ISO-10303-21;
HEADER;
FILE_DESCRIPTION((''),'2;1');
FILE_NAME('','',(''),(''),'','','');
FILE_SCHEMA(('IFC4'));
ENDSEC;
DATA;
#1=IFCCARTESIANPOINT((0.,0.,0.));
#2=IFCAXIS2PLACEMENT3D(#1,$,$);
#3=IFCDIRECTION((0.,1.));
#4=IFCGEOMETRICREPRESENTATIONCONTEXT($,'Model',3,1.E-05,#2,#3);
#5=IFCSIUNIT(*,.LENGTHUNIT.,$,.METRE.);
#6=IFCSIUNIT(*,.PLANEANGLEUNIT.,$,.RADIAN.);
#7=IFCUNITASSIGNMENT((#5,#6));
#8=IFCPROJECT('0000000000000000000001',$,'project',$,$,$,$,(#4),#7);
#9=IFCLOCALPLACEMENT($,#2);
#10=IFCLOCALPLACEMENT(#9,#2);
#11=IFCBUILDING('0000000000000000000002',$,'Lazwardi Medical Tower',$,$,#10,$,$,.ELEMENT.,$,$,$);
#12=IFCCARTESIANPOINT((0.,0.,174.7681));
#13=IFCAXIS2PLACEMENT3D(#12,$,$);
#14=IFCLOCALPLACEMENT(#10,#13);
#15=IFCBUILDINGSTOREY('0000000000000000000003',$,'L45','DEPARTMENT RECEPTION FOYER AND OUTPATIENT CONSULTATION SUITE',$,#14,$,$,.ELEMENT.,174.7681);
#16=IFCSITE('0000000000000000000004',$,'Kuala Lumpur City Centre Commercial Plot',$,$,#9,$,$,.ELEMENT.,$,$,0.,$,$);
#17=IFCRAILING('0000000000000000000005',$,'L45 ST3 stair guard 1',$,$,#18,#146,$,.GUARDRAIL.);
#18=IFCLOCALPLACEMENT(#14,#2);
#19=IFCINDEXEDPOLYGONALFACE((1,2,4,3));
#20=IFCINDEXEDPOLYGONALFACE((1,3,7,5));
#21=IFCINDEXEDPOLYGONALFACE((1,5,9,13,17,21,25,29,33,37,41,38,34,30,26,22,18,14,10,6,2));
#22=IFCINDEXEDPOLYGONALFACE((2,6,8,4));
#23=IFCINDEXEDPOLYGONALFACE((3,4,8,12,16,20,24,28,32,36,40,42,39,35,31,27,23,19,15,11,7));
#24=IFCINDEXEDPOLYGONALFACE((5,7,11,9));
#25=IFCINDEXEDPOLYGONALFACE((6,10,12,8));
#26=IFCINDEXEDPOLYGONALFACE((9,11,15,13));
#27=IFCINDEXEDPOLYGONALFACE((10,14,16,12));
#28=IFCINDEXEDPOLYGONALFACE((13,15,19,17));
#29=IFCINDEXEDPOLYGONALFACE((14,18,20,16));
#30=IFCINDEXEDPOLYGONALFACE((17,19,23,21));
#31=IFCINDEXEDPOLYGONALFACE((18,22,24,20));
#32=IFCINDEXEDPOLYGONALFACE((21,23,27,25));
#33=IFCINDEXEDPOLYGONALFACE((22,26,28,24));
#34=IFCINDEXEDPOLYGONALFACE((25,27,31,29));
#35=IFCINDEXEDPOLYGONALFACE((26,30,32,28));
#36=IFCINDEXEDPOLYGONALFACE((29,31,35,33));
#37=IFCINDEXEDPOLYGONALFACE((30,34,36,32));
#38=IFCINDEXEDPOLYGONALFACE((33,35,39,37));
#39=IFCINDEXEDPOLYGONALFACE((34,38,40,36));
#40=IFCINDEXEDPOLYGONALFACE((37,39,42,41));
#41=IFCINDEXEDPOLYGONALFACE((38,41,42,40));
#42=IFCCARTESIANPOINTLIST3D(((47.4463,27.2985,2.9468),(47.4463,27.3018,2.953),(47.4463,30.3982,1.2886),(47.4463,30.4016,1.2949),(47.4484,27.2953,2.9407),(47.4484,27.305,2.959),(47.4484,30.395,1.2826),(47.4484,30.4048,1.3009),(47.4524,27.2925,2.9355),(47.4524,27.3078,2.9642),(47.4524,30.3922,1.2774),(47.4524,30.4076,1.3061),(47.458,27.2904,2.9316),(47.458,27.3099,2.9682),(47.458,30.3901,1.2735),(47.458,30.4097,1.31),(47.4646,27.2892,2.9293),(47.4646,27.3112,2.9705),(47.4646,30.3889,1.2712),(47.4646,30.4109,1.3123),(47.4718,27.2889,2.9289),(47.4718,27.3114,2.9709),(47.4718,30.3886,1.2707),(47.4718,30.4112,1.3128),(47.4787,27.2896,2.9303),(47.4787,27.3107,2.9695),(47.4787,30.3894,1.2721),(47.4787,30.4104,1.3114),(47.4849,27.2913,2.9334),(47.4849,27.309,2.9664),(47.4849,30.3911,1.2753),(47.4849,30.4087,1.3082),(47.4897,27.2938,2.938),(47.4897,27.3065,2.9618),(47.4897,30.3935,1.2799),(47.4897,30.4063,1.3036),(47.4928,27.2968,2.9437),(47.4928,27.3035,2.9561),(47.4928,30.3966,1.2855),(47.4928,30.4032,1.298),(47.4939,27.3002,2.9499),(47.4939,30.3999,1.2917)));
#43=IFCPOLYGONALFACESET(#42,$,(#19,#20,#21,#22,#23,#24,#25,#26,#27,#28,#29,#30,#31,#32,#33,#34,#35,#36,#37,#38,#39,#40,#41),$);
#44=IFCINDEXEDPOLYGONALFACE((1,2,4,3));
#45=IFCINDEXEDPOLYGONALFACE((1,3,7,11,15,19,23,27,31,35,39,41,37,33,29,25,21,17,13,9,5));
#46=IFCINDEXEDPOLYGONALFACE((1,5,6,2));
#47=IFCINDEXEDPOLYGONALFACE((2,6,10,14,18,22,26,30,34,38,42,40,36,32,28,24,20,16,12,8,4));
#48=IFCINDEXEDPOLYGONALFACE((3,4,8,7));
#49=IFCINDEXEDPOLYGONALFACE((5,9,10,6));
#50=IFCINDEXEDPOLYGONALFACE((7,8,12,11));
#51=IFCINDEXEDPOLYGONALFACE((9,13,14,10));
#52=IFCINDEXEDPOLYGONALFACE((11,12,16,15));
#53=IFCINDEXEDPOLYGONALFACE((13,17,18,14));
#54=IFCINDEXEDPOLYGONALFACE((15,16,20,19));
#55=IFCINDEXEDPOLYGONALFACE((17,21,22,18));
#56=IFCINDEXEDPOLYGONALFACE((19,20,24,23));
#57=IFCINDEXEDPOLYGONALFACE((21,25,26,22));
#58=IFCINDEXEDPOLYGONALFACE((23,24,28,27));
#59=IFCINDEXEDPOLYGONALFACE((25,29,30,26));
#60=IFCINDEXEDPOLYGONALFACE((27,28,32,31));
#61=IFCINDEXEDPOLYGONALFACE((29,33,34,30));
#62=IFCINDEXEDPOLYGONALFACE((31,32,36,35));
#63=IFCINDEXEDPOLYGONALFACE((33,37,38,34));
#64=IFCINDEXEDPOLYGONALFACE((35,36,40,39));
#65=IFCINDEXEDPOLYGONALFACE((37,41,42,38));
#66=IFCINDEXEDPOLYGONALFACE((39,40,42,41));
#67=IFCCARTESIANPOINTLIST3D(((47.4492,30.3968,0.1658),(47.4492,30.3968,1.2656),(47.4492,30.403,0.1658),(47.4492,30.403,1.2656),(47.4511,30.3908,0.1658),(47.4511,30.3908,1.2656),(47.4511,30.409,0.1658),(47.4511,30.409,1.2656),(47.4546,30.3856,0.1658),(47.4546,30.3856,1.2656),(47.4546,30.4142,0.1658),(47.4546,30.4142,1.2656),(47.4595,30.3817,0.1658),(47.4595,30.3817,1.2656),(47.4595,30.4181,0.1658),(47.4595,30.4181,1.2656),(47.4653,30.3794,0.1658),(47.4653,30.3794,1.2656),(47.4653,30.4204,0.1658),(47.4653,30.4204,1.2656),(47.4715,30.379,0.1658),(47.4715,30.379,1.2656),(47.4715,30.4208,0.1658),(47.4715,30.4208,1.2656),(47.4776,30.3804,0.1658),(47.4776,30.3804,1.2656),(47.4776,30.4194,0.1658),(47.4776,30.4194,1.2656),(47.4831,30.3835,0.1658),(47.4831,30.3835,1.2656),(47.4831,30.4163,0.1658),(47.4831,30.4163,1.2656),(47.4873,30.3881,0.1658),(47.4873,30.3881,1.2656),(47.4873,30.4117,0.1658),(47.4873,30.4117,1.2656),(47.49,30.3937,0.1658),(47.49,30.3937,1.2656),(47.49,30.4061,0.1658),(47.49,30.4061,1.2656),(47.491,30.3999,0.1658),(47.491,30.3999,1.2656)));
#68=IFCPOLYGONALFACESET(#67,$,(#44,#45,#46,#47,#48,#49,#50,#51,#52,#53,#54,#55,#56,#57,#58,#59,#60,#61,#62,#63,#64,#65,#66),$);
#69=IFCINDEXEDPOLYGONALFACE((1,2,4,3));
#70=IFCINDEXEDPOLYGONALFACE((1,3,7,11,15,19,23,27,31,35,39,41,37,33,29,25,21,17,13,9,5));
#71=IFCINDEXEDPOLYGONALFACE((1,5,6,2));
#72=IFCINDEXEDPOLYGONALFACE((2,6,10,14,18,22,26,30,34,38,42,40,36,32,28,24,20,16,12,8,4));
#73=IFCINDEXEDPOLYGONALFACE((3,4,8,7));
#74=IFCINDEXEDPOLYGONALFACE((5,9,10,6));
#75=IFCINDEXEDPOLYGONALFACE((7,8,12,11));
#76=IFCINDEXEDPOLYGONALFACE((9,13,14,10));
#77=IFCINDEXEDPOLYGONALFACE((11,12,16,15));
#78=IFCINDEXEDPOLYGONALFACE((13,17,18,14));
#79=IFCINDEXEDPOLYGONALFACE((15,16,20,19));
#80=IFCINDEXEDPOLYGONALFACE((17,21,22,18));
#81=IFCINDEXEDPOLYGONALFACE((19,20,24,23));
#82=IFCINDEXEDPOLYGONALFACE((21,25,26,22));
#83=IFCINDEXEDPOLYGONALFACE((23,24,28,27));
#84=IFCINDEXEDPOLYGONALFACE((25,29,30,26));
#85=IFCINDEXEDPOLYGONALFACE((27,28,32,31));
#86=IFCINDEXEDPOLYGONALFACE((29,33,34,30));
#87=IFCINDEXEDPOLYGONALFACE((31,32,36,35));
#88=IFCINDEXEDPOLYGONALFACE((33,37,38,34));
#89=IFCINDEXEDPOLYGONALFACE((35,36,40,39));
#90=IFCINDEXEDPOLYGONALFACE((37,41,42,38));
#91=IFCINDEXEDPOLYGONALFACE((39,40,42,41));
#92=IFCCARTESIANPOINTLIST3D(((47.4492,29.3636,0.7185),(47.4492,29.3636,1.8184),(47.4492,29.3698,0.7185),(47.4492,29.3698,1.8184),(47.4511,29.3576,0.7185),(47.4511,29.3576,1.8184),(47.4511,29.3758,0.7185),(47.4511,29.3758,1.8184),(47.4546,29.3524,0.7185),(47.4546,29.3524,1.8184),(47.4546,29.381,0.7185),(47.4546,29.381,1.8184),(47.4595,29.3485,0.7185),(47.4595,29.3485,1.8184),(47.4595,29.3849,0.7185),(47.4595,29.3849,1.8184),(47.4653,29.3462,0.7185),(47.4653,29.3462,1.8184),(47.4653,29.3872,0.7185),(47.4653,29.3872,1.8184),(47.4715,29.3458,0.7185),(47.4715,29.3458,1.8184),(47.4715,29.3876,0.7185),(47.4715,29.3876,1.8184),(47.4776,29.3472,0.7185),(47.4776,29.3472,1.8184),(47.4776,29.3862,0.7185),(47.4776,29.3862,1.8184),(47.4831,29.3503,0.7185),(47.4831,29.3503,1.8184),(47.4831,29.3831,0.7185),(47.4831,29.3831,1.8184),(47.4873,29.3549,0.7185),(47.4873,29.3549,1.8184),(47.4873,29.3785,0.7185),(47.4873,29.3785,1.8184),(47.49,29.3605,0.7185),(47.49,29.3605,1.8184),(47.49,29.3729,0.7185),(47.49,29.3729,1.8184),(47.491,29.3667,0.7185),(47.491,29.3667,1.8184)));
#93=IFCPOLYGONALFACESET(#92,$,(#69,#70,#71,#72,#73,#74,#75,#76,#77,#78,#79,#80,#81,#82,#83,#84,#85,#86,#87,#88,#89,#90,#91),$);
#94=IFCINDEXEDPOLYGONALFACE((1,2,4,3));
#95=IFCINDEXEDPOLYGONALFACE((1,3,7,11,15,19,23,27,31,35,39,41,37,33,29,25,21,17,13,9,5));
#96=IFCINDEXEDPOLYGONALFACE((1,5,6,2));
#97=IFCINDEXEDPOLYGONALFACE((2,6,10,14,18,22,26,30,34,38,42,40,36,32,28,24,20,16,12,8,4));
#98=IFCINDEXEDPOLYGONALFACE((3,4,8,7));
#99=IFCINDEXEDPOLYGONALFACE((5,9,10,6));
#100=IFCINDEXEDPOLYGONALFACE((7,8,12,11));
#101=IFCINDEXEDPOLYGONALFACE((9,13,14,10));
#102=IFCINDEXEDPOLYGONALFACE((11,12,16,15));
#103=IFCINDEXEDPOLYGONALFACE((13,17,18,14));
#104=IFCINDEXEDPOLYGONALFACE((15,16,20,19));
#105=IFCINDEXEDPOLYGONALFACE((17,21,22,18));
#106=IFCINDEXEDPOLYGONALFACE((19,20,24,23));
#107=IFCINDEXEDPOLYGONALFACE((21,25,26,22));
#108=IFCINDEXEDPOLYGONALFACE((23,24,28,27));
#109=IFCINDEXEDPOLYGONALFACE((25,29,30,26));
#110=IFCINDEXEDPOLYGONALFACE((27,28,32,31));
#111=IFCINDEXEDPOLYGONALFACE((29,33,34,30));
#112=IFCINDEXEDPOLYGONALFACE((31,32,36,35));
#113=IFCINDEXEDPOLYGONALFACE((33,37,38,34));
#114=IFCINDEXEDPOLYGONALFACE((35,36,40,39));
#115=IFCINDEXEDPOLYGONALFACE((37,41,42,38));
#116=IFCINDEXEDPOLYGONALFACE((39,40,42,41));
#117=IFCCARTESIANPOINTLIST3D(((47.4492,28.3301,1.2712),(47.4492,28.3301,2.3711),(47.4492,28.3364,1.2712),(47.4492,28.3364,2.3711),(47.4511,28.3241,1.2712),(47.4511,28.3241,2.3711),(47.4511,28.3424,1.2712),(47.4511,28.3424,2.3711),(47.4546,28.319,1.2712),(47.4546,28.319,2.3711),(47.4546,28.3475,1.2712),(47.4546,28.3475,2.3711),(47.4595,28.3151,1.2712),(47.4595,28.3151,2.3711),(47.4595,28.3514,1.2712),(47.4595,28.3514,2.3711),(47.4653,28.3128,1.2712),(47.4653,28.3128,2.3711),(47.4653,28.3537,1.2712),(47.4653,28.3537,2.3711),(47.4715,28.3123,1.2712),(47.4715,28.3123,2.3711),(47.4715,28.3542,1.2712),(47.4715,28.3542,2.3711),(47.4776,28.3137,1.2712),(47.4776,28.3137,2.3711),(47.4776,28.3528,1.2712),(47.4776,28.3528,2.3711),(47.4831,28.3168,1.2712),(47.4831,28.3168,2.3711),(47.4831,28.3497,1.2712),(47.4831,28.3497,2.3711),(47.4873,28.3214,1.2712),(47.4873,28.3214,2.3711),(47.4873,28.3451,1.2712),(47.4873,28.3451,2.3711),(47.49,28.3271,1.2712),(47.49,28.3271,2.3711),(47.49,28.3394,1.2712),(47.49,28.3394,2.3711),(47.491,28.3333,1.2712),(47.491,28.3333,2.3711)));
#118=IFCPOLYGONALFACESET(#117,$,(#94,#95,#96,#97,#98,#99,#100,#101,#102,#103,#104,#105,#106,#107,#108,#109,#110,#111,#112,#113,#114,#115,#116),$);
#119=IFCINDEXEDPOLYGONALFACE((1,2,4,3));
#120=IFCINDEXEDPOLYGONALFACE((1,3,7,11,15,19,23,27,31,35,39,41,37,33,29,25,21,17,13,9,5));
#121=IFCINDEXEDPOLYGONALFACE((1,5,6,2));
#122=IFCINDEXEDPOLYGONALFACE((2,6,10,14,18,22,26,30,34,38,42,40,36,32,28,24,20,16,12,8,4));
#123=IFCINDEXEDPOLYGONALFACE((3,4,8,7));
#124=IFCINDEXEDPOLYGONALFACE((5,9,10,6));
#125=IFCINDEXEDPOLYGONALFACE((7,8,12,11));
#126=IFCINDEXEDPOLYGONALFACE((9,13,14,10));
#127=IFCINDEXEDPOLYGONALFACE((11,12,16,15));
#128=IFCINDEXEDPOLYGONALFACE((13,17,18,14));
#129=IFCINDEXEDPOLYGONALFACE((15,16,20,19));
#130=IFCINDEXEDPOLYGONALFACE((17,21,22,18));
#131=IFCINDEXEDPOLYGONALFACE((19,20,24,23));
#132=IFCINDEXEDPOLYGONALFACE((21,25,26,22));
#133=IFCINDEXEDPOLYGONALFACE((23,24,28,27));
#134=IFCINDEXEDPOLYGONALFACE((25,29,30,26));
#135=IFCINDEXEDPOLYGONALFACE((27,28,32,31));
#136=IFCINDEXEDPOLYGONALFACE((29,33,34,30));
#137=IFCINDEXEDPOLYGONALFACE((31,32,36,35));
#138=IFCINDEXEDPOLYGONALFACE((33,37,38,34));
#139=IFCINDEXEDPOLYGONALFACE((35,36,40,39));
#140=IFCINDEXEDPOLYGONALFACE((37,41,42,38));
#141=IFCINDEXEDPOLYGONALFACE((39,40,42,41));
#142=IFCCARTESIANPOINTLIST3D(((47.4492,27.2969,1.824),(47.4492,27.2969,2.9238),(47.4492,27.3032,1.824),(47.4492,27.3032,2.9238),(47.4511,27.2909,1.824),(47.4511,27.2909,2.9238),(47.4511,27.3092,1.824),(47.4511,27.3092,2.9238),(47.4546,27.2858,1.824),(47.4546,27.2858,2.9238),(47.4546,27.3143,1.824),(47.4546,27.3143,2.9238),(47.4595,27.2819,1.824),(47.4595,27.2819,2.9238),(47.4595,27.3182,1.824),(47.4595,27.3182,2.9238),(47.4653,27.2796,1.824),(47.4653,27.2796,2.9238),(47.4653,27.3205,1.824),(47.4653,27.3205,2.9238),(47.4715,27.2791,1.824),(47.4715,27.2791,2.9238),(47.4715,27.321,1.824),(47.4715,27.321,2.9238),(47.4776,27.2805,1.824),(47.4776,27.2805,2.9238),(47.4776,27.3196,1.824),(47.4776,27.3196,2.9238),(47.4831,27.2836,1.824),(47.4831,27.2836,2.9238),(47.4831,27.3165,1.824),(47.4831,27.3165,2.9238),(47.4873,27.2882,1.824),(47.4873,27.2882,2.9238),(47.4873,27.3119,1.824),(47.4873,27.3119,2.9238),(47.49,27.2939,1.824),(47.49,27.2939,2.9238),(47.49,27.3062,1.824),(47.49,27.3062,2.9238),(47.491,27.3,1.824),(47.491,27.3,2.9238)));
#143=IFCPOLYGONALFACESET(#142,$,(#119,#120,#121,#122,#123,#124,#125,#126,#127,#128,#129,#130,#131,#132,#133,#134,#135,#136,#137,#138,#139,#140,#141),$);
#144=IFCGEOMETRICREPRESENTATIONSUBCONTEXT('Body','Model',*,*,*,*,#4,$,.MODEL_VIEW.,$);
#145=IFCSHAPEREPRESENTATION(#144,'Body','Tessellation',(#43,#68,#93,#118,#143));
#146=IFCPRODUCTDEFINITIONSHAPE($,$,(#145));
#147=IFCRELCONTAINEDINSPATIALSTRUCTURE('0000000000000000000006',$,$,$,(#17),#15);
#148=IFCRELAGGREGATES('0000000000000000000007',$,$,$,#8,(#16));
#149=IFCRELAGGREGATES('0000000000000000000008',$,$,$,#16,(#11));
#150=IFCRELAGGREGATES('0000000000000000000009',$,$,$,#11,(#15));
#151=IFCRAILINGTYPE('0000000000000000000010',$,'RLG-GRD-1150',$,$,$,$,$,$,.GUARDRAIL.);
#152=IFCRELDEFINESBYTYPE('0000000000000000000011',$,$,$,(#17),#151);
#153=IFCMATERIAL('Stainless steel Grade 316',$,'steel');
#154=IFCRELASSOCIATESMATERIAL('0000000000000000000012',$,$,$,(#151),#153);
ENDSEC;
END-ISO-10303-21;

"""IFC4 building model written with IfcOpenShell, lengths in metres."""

from ifc_helpers import new_model, si_unit, direction, frame, origin, origin_2d, place, context, subcontext, project, spatial, circle, extrude, material, type_object, element, save


model = new_model("IFC4")

# Units and contexts
model_context = context("Model", 3, precision=1e-05, world=origin(), true_north=direction((0.0, 1.0)))
body_context = subcontext(model_context, "Body", "Model", "MODEL_VIEW")
ifc_project = project(units=[si_unit("LENGTHUNIT", "METRE"), si_unit("PLANEANGLEUNIT", "RADIAN")], contexts=[model_context])

# Site, building, storey
site_placement = place(None, origin())
site = spatial("IfcSite", under=ifc_project, at=site_placement, Name="Kuala Lumpur City Centre Commercial Plot", CompositionType="ELEMENT", RefElevation=0.0)
building_placement = place(site_placement, origin())
building = spatial("IfcBuilding", under=site, at=building_placement, Name="Lazwardi Medical Tower", CompositionType="ELEMENT")
storey_placement = place(building_placement, frame((0.0, 0.0, 174.7681)))
storey = spatial("IfcBuildingStorey", under=building, at=storey_placement, Name="L45", Description="DEPARTMENT RECEPTION FOYER AND OUTPATIENT CONSULTATION SUITE", CompositionType="ELEMENT", Elevation=174.7681)

# Railing
ifc_material_1 = material(Name="Stainless steel Grade 316", Category="steel")
railing_type = type_object("IfcRailingType", Name="RLG-GRD-1150", PredefinedType="GUARDRAIL", material=ifc_material_1)
railing_1_placement = place(storey_placement, frame((47.47, 30.3999, 0.1658)))
element("IfcRailing", 1, at=railing_1_placement, inside=storey, type_object=railing_type, Name="L45 ST3 stair guard 1", PredefinedType="GUARDRAIL", context=body_context, shape_type="SweptSolid", body=[
    extrude(circle(Radius=0.0239, at=origin_2d()), frame((0.0, 0.0, 1.126), z_axis=(0.0, -0.881768, 0.471684), x_axis=(1.0, 0.0, 0.0)), (0.0, 0.0, 1.0), 3.5154),
    extrude(circle(Radius=0.021, at=origin_2d()), origin(), (0.0, 0.0, 1.0), 1.0999),
    extrude(circle(Radius=0.021, at=origin_2d()), frame((0.0, -1.0332, 0.5527)), (0.0, 0.0, 1.0), 1.0999),
    extrude(circle(Radius=0.021, at=origin_2d()), frame((0.0, -2.0667, 1.1055)), (0.0, 0.0, 1.0), 1.0999),
    extrude(circle(Radius=0.021, at=origin_2d()), frame((0.0, -3.0999, 1.6582)), (0.0, 0.0, 1.0), 1.0999),
])

save(model, "model.ifc")
